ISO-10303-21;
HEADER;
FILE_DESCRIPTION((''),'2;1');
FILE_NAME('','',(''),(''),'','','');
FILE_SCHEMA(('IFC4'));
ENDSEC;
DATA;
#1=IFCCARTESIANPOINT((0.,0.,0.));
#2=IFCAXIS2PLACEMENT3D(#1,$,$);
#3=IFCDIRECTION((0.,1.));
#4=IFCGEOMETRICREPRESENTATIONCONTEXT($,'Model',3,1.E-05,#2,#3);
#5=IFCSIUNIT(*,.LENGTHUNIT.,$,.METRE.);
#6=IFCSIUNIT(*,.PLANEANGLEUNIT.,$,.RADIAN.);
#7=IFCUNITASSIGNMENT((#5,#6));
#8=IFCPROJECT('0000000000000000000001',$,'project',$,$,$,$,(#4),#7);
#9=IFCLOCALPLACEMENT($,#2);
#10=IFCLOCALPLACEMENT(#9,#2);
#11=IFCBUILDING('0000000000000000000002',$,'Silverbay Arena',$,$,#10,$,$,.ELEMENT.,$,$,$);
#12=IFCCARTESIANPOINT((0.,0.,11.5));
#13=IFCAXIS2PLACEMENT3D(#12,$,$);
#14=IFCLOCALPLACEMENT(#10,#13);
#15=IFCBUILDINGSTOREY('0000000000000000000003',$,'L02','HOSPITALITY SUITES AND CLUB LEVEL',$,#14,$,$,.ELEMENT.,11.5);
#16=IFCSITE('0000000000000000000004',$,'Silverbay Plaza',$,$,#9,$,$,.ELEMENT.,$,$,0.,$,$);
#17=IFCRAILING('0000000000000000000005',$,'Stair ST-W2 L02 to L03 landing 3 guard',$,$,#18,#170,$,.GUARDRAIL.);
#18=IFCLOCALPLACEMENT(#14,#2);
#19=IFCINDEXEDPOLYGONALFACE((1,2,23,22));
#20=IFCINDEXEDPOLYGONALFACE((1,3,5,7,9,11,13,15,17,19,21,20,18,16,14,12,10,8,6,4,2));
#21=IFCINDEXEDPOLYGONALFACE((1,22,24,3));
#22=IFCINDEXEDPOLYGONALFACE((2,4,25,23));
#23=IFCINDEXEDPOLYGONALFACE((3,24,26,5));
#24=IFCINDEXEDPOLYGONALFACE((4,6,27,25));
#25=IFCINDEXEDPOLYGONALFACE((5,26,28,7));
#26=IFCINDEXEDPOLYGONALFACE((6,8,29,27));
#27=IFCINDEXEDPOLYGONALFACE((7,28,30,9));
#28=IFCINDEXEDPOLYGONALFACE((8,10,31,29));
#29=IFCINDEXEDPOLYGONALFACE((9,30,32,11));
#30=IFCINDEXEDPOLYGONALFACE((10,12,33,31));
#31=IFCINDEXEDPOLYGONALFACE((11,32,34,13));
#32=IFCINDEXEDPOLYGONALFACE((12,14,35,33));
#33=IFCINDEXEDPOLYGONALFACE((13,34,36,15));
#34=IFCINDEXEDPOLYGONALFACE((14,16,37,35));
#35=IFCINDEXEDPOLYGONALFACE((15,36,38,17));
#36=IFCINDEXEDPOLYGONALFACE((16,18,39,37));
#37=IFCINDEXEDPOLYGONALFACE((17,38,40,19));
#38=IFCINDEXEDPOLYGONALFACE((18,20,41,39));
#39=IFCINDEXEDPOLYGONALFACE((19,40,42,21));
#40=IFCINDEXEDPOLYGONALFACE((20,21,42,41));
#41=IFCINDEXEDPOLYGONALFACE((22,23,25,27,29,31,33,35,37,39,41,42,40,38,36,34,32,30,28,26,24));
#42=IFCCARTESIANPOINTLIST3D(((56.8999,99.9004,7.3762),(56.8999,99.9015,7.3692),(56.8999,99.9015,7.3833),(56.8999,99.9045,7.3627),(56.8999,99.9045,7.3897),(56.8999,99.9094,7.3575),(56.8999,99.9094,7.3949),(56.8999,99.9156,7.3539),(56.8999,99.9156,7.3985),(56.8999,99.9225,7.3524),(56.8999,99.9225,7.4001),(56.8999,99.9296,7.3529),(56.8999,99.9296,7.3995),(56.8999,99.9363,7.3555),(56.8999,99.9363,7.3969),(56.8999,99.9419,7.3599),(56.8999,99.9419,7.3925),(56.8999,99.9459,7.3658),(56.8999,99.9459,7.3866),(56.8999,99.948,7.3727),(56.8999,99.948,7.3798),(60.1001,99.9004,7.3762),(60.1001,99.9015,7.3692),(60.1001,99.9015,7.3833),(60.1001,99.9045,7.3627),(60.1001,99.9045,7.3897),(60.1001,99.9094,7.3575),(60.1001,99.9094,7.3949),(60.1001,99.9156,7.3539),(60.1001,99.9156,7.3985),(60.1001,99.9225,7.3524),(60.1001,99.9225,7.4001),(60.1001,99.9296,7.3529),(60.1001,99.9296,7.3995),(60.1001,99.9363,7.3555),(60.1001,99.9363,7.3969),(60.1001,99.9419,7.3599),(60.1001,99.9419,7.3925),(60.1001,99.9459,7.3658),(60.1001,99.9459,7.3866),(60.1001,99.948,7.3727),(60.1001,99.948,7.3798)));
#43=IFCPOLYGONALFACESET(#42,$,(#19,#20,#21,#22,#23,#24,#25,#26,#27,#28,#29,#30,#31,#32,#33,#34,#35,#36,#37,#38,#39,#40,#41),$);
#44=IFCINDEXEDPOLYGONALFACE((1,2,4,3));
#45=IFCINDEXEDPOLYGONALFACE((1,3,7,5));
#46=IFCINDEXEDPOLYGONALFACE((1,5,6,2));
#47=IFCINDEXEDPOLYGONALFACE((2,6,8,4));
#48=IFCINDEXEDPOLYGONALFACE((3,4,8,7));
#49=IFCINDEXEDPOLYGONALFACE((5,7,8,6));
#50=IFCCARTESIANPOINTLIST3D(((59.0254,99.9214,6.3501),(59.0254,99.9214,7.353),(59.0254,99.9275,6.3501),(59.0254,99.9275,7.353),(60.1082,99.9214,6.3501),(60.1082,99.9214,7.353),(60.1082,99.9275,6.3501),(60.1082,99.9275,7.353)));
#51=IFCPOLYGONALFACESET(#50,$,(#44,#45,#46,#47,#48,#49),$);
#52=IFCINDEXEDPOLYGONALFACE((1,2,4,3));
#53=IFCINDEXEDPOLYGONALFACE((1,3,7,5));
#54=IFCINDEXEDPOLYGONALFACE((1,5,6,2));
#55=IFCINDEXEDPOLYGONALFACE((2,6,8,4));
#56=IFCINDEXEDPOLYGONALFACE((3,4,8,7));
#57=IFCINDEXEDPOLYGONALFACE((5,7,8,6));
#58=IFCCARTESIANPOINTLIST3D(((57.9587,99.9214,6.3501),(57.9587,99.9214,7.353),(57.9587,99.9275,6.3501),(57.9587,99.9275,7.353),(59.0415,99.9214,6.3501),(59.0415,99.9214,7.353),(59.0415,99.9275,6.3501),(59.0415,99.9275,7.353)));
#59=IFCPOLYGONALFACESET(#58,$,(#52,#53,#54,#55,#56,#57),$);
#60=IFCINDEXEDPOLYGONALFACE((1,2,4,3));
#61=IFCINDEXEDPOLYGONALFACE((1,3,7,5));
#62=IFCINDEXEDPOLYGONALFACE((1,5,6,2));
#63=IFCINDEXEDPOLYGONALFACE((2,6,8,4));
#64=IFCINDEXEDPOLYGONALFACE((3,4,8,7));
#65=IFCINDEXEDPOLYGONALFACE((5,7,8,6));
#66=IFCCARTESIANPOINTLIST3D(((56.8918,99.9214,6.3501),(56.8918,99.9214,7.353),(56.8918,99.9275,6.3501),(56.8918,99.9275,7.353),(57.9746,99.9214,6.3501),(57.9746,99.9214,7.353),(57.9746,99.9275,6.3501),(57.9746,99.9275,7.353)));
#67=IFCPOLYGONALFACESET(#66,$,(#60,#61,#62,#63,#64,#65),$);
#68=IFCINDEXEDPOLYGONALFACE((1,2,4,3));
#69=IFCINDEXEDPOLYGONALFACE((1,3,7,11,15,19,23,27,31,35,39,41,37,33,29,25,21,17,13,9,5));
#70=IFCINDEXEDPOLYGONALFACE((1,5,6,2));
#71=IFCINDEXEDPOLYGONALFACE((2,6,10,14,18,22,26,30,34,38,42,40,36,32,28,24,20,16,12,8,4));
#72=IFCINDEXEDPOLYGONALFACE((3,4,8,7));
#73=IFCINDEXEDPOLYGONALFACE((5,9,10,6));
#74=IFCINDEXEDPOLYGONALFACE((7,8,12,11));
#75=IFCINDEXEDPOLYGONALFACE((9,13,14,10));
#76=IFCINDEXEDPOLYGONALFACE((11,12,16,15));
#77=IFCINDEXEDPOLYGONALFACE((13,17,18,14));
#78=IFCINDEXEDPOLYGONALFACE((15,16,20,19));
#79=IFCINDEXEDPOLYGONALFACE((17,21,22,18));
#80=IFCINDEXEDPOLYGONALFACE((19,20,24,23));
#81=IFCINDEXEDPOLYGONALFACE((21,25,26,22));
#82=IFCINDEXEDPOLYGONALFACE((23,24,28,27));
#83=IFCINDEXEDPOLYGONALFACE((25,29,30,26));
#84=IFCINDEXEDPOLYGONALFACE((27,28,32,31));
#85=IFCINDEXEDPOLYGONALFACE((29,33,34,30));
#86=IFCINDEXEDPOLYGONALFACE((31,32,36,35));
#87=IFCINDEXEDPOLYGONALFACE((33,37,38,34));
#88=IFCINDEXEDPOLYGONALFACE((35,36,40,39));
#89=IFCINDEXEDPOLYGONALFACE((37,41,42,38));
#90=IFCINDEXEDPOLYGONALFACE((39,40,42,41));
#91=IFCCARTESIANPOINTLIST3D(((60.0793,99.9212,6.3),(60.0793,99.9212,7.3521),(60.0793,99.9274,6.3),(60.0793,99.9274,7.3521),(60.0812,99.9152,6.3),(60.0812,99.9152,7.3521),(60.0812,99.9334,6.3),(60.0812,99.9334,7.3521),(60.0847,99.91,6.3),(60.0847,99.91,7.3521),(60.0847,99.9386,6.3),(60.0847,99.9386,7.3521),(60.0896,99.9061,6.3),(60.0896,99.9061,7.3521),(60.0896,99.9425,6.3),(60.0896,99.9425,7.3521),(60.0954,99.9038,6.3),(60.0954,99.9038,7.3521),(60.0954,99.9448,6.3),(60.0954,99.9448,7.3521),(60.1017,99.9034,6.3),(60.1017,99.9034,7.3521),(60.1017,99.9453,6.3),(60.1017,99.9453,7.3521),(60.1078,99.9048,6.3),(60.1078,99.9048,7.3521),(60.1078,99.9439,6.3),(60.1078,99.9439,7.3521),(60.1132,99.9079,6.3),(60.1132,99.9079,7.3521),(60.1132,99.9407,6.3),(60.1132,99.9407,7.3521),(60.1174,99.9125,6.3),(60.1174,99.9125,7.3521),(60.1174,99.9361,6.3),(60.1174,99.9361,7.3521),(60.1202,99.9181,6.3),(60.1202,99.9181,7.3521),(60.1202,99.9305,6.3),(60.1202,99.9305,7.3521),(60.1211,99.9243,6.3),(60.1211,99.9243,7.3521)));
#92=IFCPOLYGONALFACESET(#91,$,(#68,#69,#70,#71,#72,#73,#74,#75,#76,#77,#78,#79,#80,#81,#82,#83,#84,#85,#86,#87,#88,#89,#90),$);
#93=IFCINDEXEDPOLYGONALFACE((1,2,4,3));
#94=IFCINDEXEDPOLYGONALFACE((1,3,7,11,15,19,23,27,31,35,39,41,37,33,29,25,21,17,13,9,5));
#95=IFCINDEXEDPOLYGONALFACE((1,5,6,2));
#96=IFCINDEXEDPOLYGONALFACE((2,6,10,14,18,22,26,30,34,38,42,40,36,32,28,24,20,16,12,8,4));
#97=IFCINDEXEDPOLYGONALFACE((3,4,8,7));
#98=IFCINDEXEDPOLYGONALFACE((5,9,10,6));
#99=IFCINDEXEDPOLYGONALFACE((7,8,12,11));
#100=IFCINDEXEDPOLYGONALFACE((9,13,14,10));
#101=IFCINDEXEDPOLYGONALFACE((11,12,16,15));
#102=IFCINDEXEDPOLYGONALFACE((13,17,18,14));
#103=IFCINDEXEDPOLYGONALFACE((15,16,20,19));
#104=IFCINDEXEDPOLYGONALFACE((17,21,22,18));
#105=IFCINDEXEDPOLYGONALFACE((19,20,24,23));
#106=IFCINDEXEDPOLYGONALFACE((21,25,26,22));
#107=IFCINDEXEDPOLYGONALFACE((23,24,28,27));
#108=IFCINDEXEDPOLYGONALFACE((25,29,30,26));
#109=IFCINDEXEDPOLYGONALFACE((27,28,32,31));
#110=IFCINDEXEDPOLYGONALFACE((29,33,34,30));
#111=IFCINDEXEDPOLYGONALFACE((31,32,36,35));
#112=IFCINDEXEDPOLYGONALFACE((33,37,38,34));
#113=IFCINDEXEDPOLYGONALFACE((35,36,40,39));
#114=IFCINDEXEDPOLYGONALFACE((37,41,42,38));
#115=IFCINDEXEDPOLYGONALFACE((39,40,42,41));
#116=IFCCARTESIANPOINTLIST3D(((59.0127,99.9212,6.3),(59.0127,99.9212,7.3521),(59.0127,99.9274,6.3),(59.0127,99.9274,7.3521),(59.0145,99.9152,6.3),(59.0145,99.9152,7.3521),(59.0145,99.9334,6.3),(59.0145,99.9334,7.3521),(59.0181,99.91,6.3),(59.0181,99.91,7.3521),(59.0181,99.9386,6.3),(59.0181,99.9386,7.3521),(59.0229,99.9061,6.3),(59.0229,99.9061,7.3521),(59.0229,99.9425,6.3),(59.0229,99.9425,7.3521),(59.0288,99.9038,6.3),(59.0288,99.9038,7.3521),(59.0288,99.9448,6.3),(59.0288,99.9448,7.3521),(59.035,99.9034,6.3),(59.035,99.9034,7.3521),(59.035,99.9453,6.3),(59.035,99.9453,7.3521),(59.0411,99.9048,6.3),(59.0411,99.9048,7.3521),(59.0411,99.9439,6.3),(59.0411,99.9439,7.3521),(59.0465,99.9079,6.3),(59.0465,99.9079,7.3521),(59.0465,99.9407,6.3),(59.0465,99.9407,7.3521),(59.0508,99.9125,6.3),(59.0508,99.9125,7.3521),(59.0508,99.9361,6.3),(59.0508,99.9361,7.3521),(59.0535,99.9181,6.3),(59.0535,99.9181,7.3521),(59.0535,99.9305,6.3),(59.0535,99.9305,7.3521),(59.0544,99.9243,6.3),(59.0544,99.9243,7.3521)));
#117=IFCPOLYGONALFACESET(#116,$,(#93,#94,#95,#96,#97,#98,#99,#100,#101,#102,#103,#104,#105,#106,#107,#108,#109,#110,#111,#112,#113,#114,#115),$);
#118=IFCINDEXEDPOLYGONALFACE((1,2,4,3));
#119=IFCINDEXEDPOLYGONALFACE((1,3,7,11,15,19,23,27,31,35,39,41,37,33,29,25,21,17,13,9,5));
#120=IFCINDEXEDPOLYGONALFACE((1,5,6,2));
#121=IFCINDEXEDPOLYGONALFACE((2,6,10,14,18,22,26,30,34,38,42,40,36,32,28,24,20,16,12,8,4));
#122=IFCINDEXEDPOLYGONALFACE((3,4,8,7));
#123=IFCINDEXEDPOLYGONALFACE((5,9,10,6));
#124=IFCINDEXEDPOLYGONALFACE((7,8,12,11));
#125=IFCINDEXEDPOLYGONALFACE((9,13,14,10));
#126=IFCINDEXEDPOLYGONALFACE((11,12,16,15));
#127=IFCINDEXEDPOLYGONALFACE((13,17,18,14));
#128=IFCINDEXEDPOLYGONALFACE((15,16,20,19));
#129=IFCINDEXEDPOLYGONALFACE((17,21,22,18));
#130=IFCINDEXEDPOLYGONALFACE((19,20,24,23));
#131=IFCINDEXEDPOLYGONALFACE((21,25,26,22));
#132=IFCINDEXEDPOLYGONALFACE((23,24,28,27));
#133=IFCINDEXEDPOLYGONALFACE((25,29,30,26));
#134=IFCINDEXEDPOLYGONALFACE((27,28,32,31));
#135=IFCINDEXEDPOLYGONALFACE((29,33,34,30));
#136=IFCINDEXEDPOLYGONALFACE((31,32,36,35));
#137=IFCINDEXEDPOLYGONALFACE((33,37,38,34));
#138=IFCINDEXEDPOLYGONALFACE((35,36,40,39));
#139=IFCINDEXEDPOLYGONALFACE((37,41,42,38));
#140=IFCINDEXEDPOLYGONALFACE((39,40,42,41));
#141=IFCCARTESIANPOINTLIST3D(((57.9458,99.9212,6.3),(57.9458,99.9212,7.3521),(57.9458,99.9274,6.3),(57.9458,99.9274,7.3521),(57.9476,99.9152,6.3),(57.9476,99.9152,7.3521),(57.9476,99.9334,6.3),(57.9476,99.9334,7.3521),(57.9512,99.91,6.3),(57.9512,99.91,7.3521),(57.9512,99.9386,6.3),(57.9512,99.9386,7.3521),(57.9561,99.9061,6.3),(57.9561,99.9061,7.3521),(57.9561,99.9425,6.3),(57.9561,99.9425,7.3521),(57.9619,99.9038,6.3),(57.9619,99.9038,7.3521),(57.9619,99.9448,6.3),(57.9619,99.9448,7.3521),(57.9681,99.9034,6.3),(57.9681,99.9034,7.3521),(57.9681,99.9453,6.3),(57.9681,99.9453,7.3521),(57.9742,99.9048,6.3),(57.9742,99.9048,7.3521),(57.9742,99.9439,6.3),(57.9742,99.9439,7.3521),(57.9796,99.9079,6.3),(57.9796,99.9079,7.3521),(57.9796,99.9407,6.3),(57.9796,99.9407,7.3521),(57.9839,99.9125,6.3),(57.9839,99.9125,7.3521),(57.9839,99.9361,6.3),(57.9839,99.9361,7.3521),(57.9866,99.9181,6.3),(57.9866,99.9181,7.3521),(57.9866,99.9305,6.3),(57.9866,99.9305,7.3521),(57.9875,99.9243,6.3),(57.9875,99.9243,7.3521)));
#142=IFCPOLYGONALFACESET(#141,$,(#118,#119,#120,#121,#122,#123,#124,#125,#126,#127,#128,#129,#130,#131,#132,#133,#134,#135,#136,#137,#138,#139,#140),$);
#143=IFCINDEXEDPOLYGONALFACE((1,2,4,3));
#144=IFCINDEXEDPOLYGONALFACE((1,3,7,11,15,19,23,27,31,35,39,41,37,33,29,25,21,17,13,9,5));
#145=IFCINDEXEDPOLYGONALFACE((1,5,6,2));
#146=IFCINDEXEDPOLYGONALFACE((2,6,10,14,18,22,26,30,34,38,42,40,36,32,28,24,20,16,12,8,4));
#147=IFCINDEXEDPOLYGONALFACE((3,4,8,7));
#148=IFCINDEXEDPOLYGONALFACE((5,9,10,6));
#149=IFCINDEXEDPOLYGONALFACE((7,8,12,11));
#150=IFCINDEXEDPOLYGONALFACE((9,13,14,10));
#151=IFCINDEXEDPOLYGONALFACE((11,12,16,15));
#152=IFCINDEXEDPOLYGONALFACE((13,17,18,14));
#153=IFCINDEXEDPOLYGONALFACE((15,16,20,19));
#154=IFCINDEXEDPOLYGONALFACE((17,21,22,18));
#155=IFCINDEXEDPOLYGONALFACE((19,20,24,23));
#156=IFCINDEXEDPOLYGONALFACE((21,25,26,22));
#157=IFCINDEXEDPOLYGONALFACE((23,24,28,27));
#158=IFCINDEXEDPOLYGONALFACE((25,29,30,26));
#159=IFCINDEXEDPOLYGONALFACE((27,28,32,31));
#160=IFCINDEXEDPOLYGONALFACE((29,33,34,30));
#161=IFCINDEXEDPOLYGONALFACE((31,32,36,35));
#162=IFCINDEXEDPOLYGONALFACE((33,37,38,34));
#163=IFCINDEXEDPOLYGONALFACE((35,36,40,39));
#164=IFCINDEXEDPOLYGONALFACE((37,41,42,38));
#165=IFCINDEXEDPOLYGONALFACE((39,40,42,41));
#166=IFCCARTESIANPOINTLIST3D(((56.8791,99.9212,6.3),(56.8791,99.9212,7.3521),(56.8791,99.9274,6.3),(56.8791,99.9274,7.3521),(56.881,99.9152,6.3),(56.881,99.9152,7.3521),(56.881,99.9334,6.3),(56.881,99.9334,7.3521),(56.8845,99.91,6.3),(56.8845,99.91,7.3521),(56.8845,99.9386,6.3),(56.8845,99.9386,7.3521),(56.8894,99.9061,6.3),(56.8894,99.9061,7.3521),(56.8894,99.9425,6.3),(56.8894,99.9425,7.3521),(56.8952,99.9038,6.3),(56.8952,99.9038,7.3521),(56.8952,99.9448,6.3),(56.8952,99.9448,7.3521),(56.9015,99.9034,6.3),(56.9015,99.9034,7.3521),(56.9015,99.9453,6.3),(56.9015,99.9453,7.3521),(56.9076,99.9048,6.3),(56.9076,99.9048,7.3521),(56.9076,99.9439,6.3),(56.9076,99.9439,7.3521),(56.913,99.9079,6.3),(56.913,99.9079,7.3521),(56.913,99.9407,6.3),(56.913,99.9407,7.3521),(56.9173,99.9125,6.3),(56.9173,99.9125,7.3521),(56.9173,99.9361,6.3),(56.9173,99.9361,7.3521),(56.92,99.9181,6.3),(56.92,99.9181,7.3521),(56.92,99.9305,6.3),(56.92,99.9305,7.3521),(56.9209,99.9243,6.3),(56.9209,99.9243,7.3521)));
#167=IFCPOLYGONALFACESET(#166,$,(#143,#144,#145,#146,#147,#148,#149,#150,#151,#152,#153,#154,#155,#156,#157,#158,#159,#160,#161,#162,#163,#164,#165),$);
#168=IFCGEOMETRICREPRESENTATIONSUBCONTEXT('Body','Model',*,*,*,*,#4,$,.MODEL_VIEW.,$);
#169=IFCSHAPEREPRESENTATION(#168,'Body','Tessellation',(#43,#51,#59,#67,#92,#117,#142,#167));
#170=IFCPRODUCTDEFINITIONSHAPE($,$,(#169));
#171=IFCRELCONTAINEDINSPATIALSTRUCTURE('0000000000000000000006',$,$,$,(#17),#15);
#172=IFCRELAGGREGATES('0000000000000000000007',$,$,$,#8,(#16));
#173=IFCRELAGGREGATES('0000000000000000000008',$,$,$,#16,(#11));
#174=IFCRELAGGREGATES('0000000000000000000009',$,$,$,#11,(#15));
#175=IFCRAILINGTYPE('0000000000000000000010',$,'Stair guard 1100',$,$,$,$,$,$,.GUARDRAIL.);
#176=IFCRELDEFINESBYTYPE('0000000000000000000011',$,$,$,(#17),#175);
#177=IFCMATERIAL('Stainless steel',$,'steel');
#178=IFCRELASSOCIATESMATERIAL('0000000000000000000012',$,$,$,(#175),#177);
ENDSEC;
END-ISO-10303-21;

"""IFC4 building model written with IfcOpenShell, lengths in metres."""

from ifc_helpers import new_model, si_unit, direction, frame, origin, origin_2d, place, context, subcontext, project, spatial, polyline, circle, outline, extrude, material, type_object, element, save


model = new_model("IFC4")

# Units and contexts
model_context = context("Model", 3, precision=1e-05, world=origin(), true_north=direction((0.0, 1.0)))
body_context = subcontext(model_context, "Body", "Model", "MODEL_VIEW")
ifc_project = project(units=[si_unit("LENGTHUNIT", "METRE"), si_unit("PLANEANGLEUNIT", "RADIAN")], contexts=[model_context])

# Site, building, storey
site_placement = place(None, origin())
site = spatial("IfcSite", under=ifc_project, at=site_placement, Name="Silverbay Plaza", CompositionType="ELEMENT", RefElevation=0.0)
building_placement = place(site_placement, origin())
building = spatial("IfcBuilding", under=site, at=building_placement, Name="Silverbay Arena", CompositionType="ELEMENT")
storey_placement = place(building_placement, frame((0.0, 0.0, 11.5)))
storey = spatial("IfcBuildingStorey", under=building, at=storey_placement, Name="L02", Description="HOSPITALITY SUITES AND CLUB LEVEL", CompositionType="ELEMENT", Elevation=11.5)

# Railing
ifc_material_1 = material(Name="Stainless steel", Category="steel")
railing_type_1 = type_object("IfcRailingType", Name="Stair guard 1100", PredefinedType="GUARDRAIL", material=ifc_material_1)
for number, where, name in (
    (1, (60.1001, 99.9243, 6.3), "Stair ST-W2 L02 to L03 landing 3 guard"),
):
    element("IfcRailing", number, at=place(storey_placement, frame(where)), inside=storey, type_object=railing_type_1, Name=name, PredefinedType="GUARDRAIL", context=body_context, shape_type="SweptSolid", body=[
        extrude(circle(Radius=0.0239, at=origin_2d()), frame((0.0, 0.0, 1.0762), z_axis=(-1.0, 0.0, 0.0), x_axis=(0.0, -1.0, 0.0)), (0.0, 0.0, 1.0), 3.2002),
        extrude(outline(polyline([(-0.0081, 0.05), (1.0747, 0.05), (1.0747, 1.053), (-0.0081, 1.053), (-0.0081, 0.05)])), frame((0.0, -0.0029, 0.0), z_axis=(0.0, 1.0, 0.0), x_axis=(-1.0, 0.0, 0.0)), (0.0, 0.0, 1.0), 0.0061),
        extrude(outline(polyline([(-0.0081, 0.05), (1.0747, 0.05), (1.0747, 1.053), (-0.0081, 1.053), (-0.0081, 0.05)])), frame((-1.0667, -0.0029, 0.0), z_axis=(0.0, 1.0, 0.0), x_axis=(-1.0, 0.0, 0.0)), (0.0, 0.0, 1.0), 0.0061),
        extrude(outline(polyline([(-0.0081, 0.05), (1.0747, 0.05), (1.0747, 1.053), (-0.0081, 1.053), (-0.0081, 0.05)])), frame((-2.1335, -0.0029, 0.0), z_axis=(0.0, 1.0, 0.0), x_axis=(-1.0, 0.0, 0.0)), (0.0, 0.0, 1.0), 0.0061),
        extrude(circle(Radius=0.021, at=origin_2d()), origin(), (0.0, 0.0, 1.0), 1.052),
        extrude(circle(Radius=0.021, at=origin_2d()), frame((-1.0667, 0.0, 0.0)), (0.0, 0.0, 1.0), 1.052),
        extrude(circle(Radius=0.021, at=origin_2d()), frame((-2.1335, 0.0, 0.0)), (0.0, 0.0, 1.0), 1.052),
        extrude(circle(Radius=0.021, at=origin_2d()), frame((-3.2002, 0.0, 0.0)), (0.0, 0.0, 1.0), 1.052),
    ])

save(model, "model.ifc")
